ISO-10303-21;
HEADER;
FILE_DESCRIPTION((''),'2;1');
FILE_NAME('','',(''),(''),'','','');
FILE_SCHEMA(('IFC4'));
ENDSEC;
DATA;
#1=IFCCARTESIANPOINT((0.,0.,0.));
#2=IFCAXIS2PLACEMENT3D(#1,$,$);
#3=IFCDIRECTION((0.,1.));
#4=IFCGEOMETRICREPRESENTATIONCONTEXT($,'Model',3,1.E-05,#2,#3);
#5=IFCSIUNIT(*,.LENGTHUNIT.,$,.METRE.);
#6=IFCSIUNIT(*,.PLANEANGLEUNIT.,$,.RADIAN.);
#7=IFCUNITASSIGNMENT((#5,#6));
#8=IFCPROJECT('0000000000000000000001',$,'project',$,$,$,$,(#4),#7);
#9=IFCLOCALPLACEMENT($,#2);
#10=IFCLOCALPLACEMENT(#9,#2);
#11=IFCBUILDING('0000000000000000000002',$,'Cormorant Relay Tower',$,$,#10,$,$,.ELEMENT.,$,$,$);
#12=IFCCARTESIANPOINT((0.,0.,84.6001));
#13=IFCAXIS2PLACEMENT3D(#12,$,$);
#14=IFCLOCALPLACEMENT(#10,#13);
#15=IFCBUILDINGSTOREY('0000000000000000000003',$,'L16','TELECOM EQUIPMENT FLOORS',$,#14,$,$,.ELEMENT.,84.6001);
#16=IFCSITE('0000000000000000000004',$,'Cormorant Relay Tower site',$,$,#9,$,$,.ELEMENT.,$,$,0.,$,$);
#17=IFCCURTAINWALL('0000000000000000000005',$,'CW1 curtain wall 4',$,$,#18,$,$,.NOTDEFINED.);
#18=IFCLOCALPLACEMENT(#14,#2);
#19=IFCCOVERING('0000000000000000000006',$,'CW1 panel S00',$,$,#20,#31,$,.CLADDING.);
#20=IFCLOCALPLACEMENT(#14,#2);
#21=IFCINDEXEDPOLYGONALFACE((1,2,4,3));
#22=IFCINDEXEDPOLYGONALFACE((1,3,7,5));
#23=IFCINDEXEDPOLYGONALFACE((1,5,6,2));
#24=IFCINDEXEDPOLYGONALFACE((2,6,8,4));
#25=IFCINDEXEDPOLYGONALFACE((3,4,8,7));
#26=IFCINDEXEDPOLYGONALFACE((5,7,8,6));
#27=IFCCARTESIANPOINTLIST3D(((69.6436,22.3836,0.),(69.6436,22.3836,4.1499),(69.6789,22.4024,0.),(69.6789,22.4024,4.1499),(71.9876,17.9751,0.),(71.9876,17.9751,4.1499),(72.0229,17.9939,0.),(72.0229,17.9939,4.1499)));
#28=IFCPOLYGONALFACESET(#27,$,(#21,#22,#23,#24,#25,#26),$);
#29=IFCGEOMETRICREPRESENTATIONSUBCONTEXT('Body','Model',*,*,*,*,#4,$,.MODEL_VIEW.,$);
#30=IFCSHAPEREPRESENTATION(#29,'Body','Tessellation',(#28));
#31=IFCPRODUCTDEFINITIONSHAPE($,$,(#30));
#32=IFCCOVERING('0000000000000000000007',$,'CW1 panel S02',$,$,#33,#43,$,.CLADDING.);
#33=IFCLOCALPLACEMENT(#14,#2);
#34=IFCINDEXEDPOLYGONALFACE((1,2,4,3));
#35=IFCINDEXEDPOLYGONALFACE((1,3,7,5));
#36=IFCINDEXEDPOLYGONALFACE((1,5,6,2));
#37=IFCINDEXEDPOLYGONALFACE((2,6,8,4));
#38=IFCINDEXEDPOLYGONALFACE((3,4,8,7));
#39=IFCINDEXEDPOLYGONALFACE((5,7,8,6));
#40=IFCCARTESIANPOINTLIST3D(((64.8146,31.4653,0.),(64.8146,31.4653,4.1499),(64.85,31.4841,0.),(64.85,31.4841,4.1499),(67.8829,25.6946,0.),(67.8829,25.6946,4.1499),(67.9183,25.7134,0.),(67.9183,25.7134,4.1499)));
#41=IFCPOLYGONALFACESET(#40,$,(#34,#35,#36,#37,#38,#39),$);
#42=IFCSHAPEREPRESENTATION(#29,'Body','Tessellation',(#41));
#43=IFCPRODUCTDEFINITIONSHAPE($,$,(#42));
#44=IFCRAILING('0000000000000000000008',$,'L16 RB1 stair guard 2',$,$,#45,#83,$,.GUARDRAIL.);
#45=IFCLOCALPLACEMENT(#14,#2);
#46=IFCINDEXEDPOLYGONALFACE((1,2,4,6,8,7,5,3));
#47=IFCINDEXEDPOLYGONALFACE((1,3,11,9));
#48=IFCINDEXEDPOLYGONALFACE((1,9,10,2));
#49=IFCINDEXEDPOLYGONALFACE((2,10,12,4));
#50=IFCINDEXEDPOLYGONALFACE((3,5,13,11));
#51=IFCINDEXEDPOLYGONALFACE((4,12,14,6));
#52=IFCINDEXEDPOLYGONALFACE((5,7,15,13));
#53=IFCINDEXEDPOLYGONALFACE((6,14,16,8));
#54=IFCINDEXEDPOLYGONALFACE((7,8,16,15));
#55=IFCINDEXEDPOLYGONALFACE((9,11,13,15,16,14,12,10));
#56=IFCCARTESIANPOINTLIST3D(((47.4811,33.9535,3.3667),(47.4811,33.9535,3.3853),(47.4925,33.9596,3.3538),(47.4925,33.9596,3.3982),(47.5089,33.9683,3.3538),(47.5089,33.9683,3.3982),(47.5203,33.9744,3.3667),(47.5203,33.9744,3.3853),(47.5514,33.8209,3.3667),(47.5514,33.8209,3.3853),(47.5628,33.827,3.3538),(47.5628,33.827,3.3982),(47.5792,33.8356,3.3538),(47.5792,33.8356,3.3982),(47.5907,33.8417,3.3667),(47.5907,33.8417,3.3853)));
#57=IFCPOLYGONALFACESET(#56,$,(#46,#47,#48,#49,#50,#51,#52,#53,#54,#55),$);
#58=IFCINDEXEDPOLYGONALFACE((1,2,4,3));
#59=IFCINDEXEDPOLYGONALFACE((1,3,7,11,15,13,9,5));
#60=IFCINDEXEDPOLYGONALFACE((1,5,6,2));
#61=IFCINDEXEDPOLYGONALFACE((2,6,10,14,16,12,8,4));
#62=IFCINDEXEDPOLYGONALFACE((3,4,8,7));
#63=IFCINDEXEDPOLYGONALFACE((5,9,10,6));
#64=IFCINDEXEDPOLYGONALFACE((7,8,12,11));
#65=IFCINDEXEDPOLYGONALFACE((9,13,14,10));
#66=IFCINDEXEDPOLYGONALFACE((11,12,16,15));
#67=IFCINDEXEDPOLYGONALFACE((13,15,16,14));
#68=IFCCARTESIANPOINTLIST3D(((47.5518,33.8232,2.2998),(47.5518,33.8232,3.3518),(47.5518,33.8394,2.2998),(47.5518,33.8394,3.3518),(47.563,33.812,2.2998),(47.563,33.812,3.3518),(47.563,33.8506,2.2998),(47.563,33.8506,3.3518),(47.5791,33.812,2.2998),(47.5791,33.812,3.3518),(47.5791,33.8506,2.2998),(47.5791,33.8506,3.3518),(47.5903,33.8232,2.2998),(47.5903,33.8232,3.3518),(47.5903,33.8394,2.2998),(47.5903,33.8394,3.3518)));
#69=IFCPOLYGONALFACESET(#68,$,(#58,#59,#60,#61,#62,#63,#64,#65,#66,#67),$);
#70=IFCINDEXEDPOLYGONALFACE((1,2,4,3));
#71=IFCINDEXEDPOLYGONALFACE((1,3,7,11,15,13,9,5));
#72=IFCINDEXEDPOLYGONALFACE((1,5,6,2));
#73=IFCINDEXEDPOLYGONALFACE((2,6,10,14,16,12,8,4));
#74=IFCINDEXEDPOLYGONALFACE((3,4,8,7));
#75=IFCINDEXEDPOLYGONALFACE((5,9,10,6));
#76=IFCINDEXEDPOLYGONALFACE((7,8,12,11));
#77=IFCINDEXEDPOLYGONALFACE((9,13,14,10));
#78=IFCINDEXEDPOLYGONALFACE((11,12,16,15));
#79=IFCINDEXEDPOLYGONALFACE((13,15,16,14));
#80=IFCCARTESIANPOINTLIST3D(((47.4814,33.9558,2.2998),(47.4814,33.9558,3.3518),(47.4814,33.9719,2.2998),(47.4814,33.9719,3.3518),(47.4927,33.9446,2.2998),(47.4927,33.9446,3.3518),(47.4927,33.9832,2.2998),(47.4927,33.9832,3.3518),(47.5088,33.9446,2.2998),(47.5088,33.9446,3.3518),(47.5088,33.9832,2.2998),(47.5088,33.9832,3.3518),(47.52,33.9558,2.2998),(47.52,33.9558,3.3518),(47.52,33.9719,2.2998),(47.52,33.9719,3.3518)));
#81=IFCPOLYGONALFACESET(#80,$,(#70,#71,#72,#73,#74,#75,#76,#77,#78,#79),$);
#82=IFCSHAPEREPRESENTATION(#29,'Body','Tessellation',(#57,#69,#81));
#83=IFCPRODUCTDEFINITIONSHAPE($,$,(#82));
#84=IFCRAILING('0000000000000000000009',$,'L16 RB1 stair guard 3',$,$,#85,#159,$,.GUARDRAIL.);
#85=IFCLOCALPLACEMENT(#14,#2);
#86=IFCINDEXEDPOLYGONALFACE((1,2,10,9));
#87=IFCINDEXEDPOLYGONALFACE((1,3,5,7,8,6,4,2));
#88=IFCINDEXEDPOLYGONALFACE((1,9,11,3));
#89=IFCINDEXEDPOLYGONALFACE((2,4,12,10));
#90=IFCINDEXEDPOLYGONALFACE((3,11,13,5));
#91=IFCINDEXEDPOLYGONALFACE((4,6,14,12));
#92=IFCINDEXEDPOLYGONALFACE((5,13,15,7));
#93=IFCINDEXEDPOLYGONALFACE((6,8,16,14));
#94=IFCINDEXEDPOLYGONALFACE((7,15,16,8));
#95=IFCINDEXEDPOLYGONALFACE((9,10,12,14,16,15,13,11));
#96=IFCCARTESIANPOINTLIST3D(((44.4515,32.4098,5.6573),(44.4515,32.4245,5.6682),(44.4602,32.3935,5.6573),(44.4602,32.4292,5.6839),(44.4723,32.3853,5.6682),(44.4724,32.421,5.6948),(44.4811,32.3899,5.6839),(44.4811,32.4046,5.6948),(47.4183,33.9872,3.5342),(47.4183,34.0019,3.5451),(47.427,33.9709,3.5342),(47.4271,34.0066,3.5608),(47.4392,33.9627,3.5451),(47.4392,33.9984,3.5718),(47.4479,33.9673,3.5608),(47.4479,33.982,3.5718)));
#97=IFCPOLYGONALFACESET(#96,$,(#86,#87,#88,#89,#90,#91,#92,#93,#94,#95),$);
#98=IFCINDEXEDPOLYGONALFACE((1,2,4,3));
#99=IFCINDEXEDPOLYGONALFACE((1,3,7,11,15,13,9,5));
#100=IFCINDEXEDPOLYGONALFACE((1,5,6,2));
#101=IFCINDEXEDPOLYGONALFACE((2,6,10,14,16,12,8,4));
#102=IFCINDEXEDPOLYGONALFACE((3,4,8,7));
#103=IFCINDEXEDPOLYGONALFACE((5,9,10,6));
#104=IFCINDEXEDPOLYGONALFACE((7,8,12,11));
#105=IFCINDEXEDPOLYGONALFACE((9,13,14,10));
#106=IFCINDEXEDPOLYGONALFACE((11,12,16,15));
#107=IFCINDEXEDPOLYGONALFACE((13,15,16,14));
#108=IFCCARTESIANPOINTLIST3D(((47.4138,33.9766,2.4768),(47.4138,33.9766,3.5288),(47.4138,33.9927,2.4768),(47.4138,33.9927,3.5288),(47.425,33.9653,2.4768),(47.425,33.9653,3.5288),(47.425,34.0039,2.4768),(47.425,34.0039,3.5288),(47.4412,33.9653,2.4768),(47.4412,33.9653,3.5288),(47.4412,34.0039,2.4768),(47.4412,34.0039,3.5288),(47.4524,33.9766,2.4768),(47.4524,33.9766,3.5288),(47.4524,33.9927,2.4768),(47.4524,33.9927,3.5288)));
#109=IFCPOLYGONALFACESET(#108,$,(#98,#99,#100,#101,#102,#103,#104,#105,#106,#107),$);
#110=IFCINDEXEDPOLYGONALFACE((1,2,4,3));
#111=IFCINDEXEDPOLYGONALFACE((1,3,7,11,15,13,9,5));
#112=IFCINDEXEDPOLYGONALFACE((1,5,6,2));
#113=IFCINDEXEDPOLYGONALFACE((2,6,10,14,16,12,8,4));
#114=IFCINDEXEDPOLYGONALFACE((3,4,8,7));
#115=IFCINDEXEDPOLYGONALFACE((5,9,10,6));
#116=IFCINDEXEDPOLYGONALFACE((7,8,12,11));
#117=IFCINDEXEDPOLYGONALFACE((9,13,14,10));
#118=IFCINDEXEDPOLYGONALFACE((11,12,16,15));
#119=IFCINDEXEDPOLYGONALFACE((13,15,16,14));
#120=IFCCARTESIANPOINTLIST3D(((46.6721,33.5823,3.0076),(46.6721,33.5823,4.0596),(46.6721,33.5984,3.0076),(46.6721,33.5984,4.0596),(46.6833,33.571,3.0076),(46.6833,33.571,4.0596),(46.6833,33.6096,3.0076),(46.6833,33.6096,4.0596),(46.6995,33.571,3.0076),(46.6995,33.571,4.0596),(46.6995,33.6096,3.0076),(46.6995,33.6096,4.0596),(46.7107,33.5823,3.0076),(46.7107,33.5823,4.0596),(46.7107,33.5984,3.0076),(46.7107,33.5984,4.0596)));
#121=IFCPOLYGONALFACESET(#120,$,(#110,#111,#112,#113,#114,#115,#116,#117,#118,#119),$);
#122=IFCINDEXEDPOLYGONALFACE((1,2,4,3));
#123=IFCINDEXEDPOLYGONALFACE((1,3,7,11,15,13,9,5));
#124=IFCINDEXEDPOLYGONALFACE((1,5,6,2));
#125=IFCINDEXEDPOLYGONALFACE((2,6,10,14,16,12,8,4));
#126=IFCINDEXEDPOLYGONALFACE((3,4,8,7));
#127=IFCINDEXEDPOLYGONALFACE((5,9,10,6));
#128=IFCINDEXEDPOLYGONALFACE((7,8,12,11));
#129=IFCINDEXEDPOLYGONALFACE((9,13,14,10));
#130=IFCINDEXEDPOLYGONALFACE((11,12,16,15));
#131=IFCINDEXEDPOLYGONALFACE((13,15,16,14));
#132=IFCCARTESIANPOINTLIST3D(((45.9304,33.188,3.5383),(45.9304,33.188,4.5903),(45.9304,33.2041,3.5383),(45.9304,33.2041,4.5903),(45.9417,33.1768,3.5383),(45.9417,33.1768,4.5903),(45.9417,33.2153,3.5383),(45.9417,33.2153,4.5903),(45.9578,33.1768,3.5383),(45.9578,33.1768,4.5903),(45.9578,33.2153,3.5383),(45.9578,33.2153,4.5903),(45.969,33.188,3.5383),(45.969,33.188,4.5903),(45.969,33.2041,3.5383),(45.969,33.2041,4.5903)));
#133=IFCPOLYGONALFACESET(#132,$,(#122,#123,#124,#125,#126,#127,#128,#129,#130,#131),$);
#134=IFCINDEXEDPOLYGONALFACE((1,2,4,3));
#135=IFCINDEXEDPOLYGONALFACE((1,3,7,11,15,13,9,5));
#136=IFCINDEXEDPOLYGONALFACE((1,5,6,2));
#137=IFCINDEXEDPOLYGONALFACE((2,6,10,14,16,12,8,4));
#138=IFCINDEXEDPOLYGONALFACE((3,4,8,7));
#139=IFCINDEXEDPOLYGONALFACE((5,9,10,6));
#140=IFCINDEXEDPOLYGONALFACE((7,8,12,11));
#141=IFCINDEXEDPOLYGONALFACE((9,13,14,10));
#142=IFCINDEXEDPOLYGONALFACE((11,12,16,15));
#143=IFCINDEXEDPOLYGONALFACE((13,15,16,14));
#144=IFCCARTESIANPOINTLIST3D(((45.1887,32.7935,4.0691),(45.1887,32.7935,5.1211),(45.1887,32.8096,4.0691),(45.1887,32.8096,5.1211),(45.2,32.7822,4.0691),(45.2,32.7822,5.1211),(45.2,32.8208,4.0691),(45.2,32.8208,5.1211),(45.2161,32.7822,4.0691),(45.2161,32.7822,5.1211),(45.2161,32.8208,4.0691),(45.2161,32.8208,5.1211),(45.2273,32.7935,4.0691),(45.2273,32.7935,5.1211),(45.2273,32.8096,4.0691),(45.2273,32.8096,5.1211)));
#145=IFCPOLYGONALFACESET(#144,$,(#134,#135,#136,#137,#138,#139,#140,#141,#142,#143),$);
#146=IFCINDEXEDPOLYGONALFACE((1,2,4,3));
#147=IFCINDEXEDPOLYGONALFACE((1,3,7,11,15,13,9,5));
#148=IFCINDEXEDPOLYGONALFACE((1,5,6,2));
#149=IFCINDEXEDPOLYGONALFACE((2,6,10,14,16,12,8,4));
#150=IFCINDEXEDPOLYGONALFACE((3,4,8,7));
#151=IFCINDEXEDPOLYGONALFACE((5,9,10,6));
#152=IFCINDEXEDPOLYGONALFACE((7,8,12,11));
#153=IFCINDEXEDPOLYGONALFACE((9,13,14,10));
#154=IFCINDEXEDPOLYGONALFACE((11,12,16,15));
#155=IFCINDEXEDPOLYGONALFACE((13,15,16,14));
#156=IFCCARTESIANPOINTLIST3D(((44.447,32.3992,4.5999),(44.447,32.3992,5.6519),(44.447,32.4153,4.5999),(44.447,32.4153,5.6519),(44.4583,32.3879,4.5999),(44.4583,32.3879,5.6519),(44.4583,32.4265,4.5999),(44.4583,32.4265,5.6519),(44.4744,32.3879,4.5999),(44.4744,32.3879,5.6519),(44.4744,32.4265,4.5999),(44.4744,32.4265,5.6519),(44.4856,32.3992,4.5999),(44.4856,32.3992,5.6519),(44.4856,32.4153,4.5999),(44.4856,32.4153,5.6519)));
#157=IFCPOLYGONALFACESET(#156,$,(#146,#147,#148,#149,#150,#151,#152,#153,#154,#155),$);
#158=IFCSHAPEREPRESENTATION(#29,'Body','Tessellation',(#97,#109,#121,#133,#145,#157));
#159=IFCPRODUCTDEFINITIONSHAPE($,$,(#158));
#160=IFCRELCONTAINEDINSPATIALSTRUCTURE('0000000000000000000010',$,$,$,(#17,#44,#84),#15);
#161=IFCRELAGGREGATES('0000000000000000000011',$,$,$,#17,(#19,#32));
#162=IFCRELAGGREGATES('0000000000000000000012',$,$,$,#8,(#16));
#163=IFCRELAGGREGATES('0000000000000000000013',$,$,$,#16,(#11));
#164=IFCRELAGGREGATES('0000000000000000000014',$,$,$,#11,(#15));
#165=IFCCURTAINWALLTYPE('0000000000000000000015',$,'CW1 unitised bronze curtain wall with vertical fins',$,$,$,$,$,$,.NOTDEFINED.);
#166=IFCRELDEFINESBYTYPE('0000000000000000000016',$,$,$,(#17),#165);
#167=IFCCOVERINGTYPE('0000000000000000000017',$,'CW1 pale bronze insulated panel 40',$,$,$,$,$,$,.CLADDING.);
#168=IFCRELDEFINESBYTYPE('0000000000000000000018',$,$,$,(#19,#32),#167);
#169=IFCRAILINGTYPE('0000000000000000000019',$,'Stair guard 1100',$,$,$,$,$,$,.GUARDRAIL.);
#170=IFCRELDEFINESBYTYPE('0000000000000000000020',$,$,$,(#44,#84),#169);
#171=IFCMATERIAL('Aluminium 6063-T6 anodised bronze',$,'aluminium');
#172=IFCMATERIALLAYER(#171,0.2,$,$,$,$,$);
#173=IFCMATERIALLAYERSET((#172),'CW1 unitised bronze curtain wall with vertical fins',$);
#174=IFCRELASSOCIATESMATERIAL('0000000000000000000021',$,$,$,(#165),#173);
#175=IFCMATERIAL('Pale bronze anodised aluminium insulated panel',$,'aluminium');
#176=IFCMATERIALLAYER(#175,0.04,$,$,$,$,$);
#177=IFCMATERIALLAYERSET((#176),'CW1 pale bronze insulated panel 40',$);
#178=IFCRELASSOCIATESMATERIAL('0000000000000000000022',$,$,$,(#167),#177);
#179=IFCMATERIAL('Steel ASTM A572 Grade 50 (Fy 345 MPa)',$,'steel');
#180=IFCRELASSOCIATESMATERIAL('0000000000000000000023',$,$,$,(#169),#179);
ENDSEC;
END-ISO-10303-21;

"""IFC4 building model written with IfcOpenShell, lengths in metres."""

from ifc_helpers import new_model, si_unit, direction, frame, origin, origin_2d, place, context, subcontext, project, spatial, polyline, rectangle, outline, extrude, material, layer, layer_set, type_object, element, aggregate, save


model = new_model("IFC4")

# Units and contexts
model_context = context("Model", 3, precision=1e-05, world=origin(), true_north=direction((0.0, 1.0)))
body_context = subcontext(model_context, "Body", "Model", "MODEL_VIEW")
ifc_project = project(units=[si_unit("LENGTHUNIT", "METRE"), si_unit("PLANEANGLEUNIT", "RADIAN")], contexts=[model_context])

# Site, building, storey
site_placement = place(None, origin())
site = spatial("IfcSite", under=ifc_project, at=site_placement, Name="Cormorant Relay Tower site", CompositionType="ELEMENT", RefElevation=0.0)
building_placement = place(site_placement, origin())
building = spatial("IfcBuilding", under=site, at=building_placement, Name="Cormorant Relay Tower", CompositionType="ELEMENT")
storey_placement = place(building_placement, frame((0.0, 0.0, 84.6001)))
storey = spatial("IfcBuildingStorey", under=building, at=storey_placement, Name="L16", Description="TELECOM EQUIPMENT FLOORS", CompositionType="ELEMENT", Elevation=84.6001)

# Curtain wall
ifc_material_1 = material(Name="Aluminium 6063-T6 anodised bronze", Category="aluminium")
ifc_layer_1 = layer(ifc_material_1, 0.2)
ifc_layer_set_1 = layer_set([ifc_layer_1], Name="CW1 unitised bronze curtain wall with vertical fins")
curtain_wall_type = type_object("IfcCurtainWallType", Name="CW1 unitised bronze curtain wall with vertical fins", PredefinedType="NOTDEFINED", material=ifc_layer_set_1)
curtain_wall_1_placement = place(storey_placement, origin())
curtain_wall_1 = element("IfcCurtainWall", 1, at=curtain_wall_1_placement, inside=storey, type_object=curtain_wall_type, Name="CW1 curtain wall 4", PredefinedType="NOTDEFINED")

# Coverings
ifc_material_2 = material(Name="Pale bronze anodised aluminium insulated panel", Category="aluminium")
ifc_layer_2 = layer(ifc_material_2, 0.04)
ifc_layer_set_2 = layer_set([ifc_layer_2], Name="CW1 pale bronze insulated panel 40")
covering_type = type_object("IfcCoveringType", Name="CW1 pale bronze insulated panel 40", PredefinedType="CLADDING", material=ifc_layer_set_2)
covering_1_placement = place(storey_placement, frame((70.8333, 20.1887, 0.0), z_axis=(0.0, 0.0, 1.0), x_axis=(-0.469472, 0.882948, 0.0)))
covering_1 = element("IfcCovering", 2, at=covering_1_placement, type_object=covering_type, Name="CW1 panel S00", PredefinedType="CLADDING", context=body_context, shape_type="SweptSolid", body=[
    extrude(rectangle(XDim=4.9929, YDim=0.04, at=origin_2d()), origin(), (0.0, 0.0, 1.0), 4.1499),
])
covering_2_placement = place(storey_placement, frame((66.3665, 28.5894, 0.0), z_axis=(0.0, 0.0, 1.0), x_axis=(-0.469472, 0.882948, 0.0)))
covering_2 = element("IfcCovering", 3, at=covering_2_placement, type_object=covering_type, Name="CW1 panel S02", PredefinedType="CLADDING", context=body_context, shape_type="SweptSolid", body=[
    extrude(rectangle(XDim=6.5356, YDim=0.04, at=origin_2d()), origin(), (0.0, 0.0, 1.0), 4.1499),
])
aggregate(curtain_wall_1, [covering_1, covering_2])

# Railings
ifc_material_3 = material(Name="Steel ASTM A572 Grade 50 (Fy 345 MPa)", Category="steel")
railing_type_1 = type_object("IfcRailingType", Name="Stair guard 1100", PredefinedType="GUARDRAIL", material=ifc_material_3)
railing_1_placement = place(storey_placement, frame((47.571, 33.8313, 2.2998)))
element("IfcRailing", 4, at=railing_1_placement, inside=storey, type_object=railing_type_1, Name="L16 RB1 stair guard 2", PredefinedType="GUARDRAIL", context=body_context, shape_type="SweptSolid", body=[
    extrude(outline(polyline([(0.0222, 0.0093), (0.0093, 0.0222), (-0.0093, 0.0222), (-0.0222, 0.0093), (-0.0222, -0.0093), (-0.0093, -0.0222), (0.0093, -0.0222), (0.0222, -0.0093), (0.0222, 0.0093)])), frame((0.0, 0.0, 1.0762), z_axis=(-0.46856, 0.883431, 0.0), x_axis=(-0.883431, -0.46856, 0.0)), (0.0, 0.0, 1.0), 0.1501),
    extrude(outline(polyline([(0.0193, 0.0081), (0.0081, 0.0193), (-0.0081, 0.0193), (-0.0193, 0.0081), (-0.0193, -0.0081), (-0.0081, -0.0193), (0.0081, -0.0193), (0.0193, -0.0081), (0.0193, 0.0081)])), origin(), (0.0, 0.0, 1.0), 1.052),
    extrude(outline(polyline([(0.0193, 0.0081), (0.0081, 0.0193), (-0.0081, 0.0193), (-0.0193, 0.0081), (-0.0193, -0.0081), (-0.0081, -0.0193), (0.0081, -0.0193), (0.0193, -0.0081), (0.0193, 0.0081)])), frame((-0.0703, 0.1326, 0.0)), (0.0, 0.0, 1.0), 1.052),
])
railing_2_placement = place(storey_placement, frame((47.4331, 33.9846, 2.4768)))
element("IfcRailing", 5, at=railing_2_placement, inside=storey, type_object=railing_type_1, Name="L16 RB1 stair guard 3", PredefinedType="GUARDRAIL", context=body_context, shape_type="SweptSolid", body=[
    extrude(outline(polyline([(0.0222, 0.0093), (0.0093, 0.0222), (-0.0093, 0.0222), (-0.0222, 0.0093), (-0.0222, -0.0093), (-0.0093, -0.0222), (0.0093, -0.0222), (0.0222, -0.0093), (0.0222, 0.0093)])), frame((0.0, 0.0, 1.0762), z_axis=(-0.746441, -0.396869, 0.534155), x_axis=(0.469453, -0.882958, 0.0)), (0.0, 0.0, 1.0), 3.9746),
    extrude(outline(polyline([(0.0193, 0.0081), (0.0081, 0.0193), (-0.0081, 0.0193), (-0.0193, 0.0081), (-0.0193, -0.0081), (-0.0081, -0.0193), (0.0081, -0.0193), (0.0193, -0.0081), (0.0193, 0.0081)])), origin(), (0.0, 0.0, 1.0), 1.052),
    extrude(outline(polyline([(0.0193, 0.0081), (0.0081, 0.0193), (-0.0081, 0.0193), (-0.0193, 0.0081), (-0.0193, -0.0081), (-0.0081, -0.0193), (0.0081, -0.0193), (0.0193, -0.0081), (0.0193, 0.0081)])), frame((-0.7417, -0.3943, 0.5308)), (0.0, 0.0, 1.0), 1.052),
    extrude(outline(polyline([(0.0193, 0.0081), (0.0081, 0.0193), (-0.0081, 0.0193), (-0.0193, 0.0081), (-0.0193, -0.0081), (-0.0081, -0.0193), (0.0081, -0.0193), (0.0193, -0.0081), (0.0193, 0.0081)])), frame((-1.4834, -0.7886, 1.0615)), (0.0, 0.0, 1.0), 1.052),
    extrude(outline(polyline([(0.0193, 0.0081), (0.0081, 0.0193), (-0.0081, 0.0193), (-0.0193, 0.0081), (-0.0193, -0.0081), (-0.0081, -0.0193), (0.0081, -0.0193), (0.0193, -0.0081), (0.0193, 0.0081)])), frame((-2.2251, -1.1831, 1.5923)), (0.0, 0.0, 1.0), 1.052),
    extrude(outline(polyline([(0.0193, 0.0081), (0.0081, 0.0193), (-0.0081, 0.0193), (-0.0193, 0.0081), (-0.0193, -0.0081), (-0.0081, -0.0193), (0.0081, -0.0193), (0.0193, -0.0081), (0.0193, 0.0081)])), frame((-2.9668, -1.5774, 2.123)), (0.0, 0.0, 1.0), 1.052),
])

save(model, "model.ifc")
